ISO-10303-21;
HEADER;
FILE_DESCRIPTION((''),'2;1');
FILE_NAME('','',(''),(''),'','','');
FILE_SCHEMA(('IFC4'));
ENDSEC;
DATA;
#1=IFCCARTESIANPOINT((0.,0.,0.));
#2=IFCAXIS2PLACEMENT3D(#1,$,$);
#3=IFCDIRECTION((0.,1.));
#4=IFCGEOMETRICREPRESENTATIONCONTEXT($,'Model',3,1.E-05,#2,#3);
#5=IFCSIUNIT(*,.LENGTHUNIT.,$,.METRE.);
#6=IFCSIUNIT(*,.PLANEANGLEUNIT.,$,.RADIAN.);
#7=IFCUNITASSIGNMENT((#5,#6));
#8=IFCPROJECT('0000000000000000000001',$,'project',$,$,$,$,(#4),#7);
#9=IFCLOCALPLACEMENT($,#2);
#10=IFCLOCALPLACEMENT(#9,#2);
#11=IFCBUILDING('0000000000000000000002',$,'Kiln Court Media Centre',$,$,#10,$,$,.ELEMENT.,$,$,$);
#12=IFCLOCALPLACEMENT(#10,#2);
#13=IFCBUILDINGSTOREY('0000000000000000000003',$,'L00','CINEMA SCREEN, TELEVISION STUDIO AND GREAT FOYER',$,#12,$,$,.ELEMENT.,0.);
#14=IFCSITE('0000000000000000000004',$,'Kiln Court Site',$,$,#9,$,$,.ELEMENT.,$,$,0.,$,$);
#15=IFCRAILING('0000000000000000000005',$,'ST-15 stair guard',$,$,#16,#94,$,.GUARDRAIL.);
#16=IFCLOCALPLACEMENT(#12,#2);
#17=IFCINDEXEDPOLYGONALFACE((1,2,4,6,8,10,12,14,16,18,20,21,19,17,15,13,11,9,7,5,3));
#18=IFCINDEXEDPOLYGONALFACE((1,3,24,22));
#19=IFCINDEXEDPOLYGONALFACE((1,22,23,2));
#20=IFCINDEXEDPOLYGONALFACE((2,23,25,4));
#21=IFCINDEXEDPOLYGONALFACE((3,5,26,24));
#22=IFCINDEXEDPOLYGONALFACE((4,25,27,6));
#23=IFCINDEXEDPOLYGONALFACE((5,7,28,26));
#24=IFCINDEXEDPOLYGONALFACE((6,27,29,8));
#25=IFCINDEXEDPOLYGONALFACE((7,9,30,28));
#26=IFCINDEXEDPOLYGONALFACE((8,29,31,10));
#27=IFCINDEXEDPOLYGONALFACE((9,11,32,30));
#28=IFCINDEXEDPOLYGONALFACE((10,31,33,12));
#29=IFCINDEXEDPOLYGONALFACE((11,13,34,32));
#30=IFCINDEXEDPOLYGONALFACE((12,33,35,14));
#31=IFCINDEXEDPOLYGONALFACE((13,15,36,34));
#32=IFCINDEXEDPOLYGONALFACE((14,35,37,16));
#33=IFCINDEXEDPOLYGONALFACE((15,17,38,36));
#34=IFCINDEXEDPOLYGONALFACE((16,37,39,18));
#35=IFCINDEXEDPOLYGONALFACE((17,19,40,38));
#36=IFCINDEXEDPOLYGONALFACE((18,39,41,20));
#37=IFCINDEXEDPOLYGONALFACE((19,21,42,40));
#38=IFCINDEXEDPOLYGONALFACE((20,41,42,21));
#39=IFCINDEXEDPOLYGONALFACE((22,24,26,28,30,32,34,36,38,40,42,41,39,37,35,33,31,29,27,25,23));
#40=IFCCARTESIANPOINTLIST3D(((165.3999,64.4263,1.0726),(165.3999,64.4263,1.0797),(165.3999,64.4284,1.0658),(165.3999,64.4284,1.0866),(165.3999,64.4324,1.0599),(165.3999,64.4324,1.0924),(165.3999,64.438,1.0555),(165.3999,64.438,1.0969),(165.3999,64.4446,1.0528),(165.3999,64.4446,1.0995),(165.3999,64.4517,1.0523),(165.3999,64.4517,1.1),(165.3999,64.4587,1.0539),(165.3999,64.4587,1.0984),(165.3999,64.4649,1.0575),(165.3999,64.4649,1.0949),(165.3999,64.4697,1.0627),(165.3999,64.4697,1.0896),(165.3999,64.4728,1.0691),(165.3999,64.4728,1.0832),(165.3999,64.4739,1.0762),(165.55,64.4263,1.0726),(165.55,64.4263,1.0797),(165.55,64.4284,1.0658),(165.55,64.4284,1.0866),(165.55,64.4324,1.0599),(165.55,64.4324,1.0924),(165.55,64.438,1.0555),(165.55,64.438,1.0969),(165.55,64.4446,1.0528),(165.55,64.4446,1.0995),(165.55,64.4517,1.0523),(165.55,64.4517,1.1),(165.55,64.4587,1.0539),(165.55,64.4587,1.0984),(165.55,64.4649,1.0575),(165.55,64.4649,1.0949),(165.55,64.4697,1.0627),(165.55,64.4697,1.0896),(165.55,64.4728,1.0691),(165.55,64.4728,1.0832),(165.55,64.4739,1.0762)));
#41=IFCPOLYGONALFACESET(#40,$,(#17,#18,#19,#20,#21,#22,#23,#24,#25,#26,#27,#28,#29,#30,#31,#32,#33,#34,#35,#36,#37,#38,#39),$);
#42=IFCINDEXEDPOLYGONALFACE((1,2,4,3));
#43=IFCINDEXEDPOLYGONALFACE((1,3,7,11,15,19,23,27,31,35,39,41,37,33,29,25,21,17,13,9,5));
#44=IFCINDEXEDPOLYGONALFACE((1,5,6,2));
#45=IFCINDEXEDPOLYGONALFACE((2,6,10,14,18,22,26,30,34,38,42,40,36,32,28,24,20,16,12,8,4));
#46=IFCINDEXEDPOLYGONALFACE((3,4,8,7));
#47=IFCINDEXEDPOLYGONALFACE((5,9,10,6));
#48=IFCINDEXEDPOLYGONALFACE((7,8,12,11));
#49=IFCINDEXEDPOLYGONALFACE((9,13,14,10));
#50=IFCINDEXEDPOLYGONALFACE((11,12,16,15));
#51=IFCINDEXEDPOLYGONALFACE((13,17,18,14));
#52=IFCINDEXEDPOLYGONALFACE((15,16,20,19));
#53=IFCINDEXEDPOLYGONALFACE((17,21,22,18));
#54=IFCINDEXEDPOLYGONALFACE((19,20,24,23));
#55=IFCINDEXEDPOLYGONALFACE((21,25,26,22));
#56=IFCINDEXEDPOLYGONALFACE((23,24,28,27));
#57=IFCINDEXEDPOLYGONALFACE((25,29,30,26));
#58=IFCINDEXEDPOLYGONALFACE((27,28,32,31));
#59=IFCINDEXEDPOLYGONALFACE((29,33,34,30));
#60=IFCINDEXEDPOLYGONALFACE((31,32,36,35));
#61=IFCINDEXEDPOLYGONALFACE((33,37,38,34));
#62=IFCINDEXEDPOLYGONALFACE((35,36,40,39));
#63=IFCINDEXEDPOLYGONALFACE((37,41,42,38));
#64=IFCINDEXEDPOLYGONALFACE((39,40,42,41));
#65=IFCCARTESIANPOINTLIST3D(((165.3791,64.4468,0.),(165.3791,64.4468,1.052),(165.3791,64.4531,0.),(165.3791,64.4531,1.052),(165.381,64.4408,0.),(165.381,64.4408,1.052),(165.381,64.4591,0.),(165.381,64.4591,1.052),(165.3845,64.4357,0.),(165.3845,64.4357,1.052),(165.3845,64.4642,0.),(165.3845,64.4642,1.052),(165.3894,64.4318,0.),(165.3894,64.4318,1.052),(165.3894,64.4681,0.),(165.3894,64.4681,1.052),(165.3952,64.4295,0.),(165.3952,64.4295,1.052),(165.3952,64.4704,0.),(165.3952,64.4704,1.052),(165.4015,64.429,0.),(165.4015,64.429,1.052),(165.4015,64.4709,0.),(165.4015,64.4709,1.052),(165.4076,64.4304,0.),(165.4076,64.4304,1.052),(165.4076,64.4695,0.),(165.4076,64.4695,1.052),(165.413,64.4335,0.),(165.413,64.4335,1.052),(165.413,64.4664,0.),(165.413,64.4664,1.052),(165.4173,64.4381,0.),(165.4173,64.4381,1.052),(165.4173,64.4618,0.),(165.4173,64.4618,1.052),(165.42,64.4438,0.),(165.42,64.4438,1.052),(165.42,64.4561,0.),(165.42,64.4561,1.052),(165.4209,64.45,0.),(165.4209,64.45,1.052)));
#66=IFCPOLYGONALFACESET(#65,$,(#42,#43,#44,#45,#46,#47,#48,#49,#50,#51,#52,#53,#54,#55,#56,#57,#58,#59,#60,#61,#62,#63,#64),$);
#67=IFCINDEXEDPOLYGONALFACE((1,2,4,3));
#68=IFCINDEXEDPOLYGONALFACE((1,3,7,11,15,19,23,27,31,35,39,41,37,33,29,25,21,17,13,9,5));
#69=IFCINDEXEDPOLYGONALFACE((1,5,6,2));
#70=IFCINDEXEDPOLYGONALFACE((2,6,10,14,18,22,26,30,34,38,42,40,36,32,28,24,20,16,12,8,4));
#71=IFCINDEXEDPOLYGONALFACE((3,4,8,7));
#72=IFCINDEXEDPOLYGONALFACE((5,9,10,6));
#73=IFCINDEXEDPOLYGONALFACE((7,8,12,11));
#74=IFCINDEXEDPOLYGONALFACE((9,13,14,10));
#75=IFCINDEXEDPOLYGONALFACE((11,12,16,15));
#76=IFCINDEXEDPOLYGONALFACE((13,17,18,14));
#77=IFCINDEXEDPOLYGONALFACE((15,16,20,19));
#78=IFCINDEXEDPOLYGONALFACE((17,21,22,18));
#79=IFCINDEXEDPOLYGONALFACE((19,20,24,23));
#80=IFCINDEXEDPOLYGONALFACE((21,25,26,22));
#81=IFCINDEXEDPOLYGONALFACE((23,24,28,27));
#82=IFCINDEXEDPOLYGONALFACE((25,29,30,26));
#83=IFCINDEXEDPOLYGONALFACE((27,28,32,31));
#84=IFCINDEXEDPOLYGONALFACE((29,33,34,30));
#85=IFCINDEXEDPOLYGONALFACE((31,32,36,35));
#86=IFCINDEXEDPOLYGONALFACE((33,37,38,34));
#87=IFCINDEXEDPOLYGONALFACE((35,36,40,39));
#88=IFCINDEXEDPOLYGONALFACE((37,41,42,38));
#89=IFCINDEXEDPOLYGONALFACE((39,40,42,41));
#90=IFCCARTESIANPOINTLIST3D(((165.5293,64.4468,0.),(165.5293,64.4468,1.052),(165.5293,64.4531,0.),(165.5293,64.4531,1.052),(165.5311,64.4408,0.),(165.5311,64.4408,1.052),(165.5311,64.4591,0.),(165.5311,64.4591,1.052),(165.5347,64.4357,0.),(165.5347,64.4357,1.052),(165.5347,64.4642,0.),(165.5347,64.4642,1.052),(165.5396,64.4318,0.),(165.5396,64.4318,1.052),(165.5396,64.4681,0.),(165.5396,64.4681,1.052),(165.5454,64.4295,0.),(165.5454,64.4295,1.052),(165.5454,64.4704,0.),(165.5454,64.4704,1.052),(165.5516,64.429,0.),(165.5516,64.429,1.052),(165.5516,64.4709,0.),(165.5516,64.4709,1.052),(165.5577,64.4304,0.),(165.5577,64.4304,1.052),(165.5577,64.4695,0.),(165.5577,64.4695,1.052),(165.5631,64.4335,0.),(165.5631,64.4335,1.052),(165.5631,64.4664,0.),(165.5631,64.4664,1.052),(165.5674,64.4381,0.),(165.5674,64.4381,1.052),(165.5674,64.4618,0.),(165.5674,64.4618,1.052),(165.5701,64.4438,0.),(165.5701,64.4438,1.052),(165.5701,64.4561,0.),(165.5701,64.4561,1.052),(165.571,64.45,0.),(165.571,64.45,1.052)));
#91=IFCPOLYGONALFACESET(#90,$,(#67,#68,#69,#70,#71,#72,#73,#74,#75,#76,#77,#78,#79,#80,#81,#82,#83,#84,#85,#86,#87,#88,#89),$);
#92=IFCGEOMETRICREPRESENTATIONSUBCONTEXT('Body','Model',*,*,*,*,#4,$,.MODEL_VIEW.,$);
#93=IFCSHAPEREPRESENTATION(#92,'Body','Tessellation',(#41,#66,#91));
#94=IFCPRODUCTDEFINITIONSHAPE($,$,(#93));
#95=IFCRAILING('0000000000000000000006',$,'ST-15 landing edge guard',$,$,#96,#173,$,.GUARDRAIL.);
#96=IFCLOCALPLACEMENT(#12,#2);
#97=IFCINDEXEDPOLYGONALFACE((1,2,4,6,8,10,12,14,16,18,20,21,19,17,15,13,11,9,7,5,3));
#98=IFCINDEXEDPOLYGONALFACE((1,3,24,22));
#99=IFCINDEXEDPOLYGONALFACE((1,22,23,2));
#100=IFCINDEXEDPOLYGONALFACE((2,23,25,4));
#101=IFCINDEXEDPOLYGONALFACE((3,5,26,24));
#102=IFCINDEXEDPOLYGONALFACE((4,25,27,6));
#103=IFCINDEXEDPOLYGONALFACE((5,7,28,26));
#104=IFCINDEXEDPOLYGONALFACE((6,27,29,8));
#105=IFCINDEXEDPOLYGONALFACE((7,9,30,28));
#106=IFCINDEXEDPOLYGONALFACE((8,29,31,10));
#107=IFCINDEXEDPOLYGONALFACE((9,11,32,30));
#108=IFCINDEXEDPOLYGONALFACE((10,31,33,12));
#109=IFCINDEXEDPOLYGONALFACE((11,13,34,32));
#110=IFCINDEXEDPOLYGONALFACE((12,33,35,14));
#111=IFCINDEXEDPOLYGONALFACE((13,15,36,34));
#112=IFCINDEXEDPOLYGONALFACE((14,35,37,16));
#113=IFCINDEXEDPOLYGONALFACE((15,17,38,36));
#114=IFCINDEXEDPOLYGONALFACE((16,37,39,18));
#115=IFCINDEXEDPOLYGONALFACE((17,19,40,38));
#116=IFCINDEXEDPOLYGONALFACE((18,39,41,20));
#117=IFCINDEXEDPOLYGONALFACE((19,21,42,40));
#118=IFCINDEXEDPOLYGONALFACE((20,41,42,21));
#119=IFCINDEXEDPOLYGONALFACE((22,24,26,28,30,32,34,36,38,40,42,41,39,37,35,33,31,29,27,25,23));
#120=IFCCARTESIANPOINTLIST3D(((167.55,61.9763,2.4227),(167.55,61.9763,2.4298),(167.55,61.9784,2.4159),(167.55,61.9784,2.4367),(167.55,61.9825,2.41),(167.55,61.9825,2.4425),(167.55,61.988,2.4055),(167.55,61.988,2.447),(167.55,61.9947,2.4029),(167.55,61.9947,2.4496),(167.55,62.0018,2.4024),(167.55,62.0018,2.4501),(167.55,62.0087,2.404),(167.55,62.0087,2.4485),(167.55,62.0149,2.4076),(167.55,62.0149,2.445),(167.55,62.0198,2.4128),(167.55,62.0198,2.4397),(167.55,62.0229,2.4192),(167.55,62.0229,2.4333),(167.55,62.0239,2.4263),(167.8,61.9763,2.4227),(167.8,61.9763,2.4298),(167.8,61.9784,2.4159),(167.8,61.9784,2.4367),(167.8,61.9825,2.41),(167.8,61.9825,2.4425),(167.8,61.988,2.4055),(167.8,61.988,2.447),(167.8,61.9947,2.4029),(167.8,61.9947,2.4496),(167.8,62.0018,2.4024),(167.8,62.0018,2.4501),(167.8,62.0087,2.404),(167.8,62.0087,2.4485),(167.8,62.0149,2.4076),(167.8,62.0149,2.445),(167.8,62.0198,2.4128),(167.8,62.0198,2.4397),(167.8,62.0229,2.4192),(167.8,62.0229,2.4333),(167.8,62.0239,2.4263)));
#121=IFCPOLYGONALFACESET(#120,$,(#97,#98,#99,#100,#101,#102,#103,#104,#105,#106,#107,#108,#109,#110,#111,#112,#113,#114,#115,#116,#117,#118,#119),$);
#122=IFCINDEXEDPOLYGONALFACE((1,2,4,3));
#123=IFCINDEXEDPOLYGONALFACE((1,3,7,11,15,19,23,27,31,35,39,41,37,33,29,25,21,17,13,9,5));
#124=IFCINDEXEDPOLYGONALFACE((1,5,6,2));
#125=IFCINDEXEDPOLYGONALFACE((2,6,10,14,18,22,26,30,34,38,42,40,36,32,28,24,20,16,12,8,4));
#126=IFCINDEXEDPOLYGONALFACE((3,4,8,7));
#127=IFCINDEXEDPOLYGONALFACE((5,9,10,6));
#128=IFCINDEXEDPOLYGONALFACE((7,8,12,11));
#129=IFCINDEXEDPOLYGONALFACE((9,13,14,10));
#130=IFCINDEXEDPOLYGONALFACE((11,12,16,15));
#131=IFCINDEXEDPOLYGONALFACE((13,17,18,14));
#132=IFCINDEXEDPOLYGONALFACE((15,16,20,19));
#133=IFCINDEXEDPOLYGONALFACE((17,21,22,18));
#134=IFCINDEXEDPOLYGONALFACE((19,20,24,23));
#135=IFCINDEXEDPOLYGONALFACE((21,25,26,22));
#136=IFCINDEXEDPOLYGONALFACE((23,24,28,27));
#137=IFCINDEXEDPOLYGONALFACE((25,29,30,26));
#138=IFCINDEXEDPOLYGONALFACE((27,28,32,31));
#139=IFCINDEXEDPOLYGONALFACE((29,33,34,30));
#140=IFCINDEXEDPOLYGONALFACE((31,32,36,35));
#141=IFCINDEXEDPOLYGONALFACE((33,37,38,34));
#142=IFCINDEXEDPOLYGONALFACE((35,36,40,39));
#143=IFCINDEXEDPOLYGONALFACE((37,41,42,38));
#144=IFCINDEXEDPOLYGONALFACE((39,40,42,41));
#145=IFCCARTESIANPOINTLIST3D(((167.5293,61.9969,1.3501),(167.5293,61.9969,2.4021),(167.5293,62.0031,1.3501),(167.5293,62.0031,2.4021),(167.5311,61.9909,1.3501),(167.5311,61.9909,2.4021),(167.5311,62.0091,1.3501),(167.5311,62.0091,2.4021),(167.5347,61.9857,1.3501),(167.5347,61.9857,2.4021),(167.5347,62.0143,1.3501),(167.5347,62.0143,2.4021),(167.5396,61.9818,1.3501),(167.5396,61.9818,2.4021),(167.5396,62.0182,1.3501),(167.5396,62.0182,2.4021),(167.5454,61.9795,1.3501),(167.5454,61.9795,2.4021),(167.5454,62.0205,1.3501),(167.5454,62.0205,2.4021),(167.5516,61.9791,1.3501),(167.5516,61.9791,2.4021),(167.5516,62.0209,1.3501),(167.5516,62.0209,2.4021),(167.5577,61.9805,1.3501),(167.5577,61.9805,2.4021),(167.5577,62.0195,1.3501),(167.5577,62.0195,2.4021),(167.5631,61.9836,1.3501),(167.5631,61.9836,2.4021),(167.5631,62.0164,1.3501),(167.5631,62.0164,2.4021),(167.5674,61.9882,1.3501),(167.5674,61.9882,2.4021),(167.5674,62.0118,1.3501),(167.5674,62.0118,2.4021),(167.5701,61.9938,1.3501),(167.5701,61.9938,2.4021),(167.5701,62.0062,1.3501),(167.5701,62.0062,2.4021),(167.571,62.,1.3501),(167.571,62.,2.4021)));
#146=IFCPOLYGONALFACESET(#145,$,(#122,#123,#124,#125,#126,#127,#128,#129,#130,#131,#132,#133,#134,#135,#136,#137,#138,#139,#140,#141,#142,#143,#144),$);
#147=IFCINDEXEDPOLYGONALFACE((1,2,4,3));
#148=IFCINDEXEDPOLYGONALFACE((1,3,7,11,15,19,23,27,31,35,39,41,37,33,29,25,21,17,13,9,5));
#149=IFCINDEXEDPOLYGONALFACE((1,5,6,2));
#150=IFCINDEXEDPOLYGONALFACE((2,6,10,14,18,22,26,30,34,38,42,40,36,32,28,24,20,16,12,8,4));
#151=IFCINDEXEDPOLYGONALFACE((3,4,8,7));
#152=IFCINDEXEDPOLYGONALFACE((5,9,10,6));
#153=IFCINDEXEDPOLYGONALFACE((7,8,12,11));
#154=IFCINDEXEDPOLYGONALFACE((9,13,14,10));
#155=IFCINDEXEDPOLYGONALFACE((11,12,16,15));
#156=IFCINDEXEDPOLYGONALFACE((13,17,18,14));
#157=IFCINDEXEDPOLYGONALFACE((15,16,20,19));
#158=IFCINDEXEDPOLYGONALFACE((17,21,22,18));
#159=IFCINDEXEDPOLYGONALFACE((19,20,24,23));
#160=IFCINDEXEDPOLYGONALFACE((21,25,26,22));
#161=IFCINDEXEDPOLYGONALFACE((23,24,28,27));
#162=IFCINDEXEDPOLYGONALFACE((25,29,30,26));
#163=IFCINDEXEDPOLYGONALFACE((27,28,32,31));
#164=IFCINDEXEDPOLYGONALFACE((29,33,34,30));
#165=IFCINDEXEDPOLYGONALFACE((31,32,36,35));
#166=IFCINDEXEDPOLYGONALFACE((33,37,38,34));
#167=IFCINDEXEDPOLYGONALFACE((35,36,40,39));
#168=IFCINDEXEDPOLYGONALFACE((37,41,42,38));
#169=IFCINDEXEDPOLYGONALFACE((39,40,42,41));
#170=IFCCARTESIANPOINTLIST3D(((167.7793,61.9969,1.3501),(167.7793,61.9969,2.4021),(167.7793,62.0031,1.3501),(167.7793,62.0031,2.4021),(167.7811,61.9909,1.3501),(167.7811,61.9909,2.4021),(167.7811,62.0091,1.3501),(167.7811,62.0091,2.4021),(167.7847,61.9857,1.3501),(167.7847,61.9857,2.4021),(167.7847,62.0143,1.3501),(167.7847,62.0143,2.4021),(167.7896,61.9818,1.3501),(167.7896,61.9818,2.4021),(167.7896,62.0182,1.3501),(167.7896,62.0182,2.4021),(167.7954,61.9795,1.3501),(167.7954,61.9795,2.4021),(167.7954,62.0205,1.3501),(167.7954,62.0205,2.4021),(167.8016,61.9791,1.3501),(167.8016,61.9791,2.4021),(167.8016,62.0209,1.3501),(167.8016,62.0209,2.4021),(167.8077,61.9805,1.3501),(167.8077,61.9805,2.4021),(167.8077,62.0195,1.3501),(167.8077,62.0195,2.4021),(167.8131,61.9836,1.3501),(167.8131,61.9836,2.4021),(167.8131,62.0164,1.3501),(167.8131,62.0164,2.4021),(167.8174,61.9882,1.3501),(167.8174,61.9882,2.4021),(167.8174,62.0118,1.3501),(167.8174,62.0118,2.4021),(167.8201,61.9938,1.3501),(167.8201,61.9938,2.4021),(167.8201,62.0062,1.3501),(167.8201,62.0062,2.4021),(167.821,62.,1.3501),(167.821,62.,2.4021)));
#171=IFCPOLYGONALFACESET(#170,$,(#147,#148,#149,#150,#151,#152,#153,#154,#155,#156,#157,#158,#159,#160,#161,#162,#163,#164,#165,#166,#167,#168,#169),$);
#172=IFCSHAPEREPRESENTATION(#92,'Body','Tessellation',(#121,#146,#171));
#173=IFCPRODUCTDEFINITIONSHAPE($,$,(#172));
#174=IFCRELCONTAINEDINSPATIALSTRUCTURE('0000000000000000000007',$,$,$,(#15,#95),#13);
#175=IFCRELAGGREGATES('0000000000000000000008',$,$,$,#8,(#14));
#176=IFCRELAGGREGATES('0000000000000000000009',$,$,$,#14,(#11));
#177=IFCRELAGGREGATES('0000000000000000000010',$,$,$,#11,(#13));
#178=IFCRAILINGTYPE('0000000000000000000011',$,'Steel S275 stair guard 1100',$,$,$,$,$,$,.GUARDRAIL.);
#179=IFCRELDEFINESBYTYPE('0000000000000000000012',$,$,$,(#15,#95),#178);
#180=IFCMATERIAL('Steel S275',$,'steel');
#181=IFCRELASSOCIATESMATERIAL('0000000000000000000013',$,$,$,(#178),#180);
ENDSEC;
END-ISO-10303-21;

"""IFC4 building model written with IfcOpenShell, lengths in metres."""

from ifc_helpers import new_model, si_unit, direction, frame, origin, origin_2d, place, context, subcontext, project, spatial, circle, extrude, material, type_object, element, save


model = new_model("IFC4")

# Units and contexts
model_context = context("Model", 3, precision=1e-05, world=origin(), true_north=direction((0.0, 1.0)))
body_context = subcontext(model_context, "Body", "Model", "MODEL_VIEW")
ifc_project = project(units=[si_unit("LENGTHUNIT", "METRE"), si_unit("PLANEANGLEUNIT", "RADIAN")], contexts=[model_context])

# Site, building, storey
site_placement = place(None, origin())
site = spatial("IfcSite", under=ifc_project, at=site_placement, Name="Kiln Court Site", CompositionType="ELEMENT", RefElevation=0.0)
building_placement = place(site_placement, origin())
building = spatial("IfcBuilding", under=site, at=building_placement, Name="Kiln Court Media Centre", CompositionType="ELEMENT")
storey_placement = place(building_placement, origin())
storey = spatial("IfcBuildingStorey", under=building, at=storey_placement, Name="L00", Description="CINEMA SCREEN, TELEVISION STUDIO AND GREAT FOYER", CompositionType="ELEMENT", Elevation=0.0)

# Railings
ifc_material_1 = material(Name="Steel S275", Category="steel")
railing_type_1 = type_object("IfcRailingType", Name="Steel S275 stair guard 1100", PredefinedType="GUARDRAIL", material=ifc_material_1)
railing_1_placement = place(storey_placement, frame((165.3999, 64.45, 0.0)))
element("IfcRailing", 1, at=railing_1_placement, inside=storey, type_object=railing_type_1, Name="ST-15 stair guard", PredefinedType="GUARDRAIL", context=body_context, shape_type="SweptSolid", body=[
    extrude(circle(Radius=0.0239, at=origin_2d()), frame((0.0, 0.0, 1.0762), z_axis=(1.0, 0.0, 0.0), x_axis=(0.0, 1.0, 0.0)), (0.0, 0.0, 1.0), 0.1501),
    extrude(circle(Radius=0.021, at=origin_2d()), origin(), (0.0, 0.0, 1.0), 1.052),
    extrude(circle(Radius=0.021, at=origin_2d()), frame((0.1501, 0.0, 0.0)), (0.0, 0.0, 1.0), 1.052),
])
for number, where, name in (
    (2, (167.55, 62.0, 1.3501), "ST-15 landing edge guard"),
):
    element("IfcRailing", number, at=place(storey_placement, frame(where)), inside=storey, type_object=railing_type_1, Name=name, PredefinedType="GUARDRAIL", context=body_context, shape_type="SweptSolid", body=[
        extrude(circle(Radius=0.0239, at=origin_2d()), frame((0.0, 0.0, 1.0762), z_axis=(1.0, 0.0, 0.0), x_axis=(0.0, 1.0, 0.0)), (0.0, 0.0, 1.0), 0.25),
        extrude(circle(Radius=0.021, at=origin_2d()), origin(), (0.0, 0.0, 1.0), 1.052),
        extrude(circle(Radius=0.021, at=origin_2d()), frame((0.25, 0.0, 0.0)), (0.0, 0.0, 1.0), 1.052),
    ])

save(model, "model.ifc")
